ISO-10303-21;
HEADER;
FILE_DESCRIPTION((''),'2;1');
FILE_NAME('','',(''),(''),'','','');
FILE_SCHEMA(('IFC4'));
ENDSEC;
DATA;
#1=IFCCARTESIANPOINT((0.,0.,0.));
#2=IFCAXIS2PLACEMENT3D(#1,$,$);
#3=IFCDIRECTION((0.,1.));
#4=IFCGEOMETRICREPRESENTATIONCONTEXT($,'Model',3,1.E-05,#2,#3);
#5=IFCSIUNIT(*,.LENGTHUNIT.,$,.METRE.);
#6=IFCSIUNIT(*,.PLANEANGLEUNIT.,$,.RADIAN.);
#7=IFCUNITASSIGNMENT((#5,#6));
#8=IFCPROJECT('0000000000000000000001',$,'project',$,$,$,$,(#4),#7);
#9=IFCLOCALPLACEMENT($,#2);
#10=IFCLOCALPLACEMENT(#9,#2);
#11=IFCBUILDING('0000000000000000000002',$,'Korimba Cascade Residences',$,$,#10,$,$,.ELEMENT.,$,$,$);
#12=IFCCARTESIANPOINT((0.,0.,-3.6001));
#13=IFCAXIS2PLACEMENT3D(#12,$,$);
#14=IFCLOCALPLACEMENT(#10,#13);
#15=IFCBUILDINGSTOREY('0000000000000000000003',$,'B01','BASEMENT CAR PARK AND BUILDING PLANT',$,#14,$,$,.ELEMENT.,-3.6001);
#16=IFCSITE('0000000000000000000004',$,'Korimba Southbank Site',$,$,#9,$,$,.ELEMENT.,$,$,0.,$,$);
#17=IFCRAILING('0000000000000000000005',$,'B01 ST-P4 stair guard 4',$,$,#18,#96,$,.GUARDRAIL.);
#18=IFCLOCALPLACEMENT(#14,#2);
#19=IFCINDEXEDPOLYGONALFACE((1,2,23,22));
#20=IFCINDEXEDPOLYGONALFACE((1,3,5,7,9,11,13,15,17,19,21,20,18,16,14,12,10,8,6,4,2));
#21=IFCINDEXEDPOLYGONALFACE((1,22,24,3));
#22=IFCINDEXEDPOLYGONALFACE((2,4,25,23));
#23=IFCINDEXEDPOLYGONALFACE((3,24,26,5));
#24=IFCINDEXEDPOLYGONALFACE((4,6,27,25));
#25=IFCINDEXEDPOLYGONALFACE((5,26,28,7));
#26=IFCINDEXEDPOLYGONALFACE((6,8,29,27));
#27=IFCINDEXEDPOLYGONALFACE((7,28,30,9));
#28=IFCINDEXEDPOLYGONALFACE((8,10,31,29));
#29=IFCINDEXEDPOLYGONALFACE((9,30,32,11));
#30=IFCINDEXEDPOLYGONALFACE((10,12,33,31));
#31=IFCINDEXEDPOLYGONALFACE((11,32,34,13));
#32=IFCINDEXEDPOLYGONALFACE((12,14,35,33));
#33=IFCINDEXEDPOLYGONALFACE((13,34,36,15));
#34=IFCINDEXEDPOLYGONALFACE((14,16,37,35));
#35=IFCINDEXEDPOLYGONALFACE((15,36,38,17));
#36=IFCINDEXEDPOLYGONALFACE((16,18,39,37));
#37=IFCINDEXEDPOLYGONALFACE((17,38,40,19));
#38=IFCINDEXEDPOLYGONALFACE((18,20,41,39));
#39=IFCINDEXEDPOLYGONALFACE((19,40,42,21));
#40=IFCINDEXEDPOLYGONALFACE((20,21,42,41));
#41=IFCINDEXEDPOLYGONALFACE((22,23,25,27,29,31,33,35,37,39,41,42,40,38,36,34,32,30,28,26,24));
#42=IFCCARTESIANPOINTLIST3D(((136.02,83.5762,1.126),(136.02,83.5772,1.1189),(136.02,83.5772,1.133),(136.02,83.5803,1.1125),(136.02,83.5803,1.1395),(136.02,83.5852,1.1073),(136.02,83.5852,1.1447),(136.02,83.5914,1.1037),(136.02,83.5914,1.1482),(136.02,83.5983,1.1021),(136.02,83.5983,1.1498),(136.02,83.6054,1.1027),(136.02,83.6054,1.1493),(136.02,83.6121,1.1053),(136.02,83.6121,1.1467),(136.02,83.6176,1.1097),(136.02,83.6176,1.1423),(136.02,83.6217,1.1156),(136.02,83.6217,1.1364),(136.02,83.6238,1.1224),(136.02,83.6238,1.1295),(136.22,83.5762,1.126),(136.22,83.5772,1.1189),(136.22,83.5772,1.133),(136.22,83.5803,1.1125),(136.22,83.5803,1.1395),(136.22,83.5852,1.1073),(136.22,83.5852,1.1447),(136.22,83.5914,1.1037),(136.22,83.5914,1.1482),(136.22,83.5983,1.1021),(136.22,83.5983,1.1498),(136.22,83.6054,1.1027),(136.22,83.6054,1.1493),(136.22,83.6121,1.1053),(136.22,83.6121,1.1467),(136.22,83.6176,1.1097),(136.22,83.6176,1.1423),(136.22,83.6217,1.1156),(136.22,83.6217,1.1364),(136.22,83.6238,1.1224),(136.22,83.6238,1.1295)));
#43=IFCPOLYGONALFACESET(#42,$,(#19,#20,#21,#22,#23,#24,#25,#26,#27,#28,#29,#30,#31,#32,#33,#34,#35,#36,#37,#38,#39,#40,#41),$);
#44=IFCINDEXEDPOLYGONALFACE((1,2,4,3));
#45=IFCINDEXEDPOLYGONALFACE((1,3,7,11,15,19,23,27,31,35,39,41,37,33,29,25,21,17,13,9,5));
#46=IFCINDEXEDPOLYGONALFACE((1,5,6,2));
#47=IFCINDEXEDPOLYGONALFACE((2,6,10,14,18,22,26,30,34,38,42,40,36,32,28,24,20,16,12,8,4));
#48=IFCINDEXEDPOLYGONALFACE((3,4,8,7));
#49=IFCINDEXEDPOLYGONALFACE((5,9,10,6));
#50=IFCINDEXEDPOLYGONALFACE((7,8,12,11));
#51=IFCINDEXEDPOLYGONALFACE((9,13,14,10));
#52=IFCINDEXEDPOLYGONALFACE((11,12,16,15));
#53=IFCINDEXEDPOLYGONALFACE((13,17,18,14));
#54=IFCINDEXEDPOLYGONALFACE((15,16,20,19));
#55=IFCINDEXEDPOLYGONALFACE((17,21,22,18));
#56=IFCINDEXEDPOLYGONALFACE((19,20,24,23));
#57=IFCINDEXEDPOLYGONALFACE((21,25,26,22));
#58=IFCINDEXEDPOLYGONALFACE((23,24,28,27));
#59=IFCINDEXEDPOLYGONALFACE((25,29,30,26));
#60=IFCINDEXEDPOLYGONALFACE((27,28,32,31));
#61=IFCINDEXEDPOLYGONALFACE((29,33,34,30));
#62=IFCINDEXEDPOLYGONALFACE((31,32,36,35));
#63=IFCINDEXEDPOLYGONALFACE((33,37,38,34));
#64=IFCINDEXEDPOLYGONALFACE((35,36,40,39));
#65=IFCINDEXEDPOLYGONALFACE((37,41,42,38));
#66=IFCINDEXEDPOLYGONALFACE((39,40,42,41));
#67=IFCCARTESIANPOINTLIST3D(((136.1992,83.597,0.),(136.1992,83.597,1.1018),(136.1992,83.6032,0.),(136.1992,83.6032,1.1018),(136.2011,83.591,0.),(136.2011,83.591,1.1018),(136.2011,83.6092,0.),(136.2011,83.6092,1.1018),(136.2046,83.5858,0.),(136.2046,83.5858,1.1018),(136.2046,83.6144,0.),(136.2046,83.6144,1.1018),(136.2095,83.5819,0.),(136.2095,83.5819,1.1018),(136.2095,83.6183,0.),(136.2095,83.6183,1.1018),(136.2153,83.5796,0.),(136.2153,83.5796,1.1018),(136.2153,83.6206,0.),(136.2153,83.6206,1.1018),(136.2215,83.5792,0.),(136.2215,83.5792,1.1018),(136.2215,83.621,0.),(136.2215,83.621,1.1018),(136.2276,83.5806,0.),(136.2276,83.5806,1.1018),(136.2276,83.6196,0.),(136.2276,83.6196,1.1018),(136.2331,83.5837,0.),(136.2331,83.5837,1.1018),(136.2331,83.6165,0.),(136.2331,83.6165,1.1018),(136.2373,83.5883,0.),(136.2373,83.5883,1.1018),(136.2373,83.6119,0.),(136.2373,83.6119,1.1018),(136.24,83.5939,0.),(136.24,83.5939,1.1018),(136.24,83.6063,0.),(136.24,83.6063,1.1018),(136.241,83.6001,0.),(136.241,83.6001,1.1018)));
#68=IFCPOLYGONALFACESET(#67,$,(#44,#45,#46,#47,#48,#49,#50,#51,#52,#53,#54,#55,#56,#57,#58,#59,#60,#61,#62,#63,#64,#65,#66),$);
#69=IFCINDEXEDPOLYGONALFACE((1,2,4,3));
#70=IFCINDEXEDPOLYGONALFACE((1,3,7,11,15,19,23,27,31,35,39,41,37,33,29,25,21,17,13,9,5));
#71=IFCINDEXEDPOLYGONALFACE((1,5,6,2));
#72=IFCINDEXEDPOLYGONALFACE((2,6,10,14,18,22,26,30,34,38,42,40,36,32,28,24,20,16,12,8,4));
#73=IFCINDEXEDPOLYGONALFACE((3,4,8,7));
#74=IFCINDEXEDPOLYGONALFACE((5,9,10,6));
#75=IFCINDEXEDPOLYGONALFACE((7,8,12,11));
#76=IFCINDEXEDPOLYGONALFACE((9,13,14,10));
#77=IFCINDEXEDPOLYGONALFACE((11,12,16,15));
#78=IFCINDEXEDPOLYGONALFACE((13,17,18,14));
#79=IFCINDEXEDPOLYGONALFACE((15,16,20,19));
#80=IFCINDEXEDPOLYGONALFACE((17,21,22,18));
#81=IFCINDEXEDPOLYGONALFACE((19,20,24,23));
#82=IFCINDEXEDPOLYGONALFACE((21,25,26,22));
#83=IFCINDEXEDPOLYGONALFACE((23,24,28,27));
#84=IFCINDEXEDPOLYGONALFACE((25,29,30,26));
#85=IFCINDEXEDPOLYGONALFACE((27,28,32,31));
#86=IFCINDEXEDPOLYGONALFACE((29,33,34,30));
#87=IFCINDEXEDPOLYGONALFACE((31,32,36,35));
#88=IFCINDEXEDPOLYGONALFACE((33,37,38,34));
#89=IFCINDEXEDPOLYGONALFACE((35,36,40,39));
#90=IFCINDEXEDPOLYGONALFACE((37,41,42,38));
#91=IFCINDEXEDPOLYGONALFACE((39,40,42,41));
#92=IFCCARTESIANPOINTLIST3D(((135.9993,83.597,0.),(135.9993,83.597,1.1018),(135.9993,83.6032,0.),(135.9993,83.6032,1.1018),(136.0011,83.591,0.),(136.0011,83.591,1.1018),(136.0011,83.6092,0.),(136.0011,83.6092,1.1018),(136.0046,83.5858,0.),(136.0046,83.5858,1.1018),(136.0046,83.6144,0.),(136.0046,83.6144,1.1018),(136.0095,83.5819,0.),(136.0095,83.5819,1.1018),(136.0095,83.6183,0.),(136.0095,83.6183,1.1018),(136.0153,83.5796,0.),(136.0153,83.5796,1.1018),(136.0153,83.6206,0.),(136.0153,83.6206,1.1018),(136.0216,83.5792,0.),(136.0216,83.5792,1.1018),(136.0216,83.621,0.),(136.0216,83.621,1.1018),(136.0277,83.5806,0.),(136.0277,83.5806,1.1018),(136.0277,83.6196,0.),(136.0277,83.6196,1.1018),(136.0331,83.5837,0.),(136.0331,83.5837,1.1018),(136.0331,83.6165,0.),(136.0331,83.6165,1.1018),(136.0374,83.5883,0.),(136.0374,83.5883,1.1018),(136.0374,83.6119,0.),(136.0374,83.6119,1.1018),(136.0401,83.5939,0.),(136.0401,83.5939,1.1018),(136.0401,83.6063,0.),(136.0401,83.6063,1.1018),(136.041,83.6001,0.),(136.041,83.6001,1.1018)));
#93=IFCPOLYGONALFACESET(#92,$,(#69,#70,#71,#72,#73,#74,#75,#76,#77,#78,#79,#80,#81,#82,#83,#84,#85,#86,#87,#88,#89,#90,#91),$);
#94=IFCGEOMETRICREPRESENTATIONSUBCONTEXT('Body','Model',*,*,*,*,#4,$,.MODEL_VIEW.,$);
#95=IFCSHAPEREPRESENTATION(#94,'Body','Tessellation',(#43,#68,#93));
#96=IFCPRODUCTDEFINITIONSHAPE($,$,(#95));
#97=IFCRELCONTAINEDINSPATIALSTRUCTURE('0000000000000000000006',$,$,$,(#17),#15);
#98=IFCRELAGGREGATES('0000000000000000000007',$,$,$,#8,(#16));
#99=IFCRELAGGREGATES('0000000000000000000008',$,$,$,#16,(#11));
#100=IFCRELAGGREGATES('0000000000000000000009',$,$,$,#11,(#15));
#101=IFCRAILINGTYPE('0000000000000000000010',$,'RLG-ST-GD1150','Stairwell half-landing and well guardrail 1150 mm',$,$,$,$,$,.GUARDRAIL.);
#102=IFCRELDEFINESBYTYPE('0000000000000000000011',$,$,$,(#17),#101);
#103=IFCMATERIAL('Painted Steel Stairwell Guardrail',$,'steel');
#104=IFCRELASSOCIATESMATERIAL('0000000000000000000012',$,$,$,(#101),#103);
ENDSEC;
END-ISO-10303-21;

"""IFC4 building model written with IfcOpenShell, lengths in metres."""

from ifc_helpers import new_model, si_unit, direction, frame, origin, origin_2d, place, context, subcontext, project, spatial, circle, extrude, material, type_object, element, save


model = new_model("IFC4")

# Units and contexts
model_context = context("Model", 3, precision=1e-05, world=origin(), true_north=direction((0.0, 1.0)))
body_context = subcontext(model_context, "Body", "Model", "MODEL_VIEW")
ifc_project = project(units=[si_unit("LENGTHUNIT", "METRE"), si_unit("PLANEANGLEUNIT", "RADIAN")], contexts=[model_context])

# Site, building, storey
site_placement = place(None, origin())
site = spatial("IfcSite", under=ifc_project, at=site_placement, Name="Korimba Southbank Site", CompositionType="ELEMENT", RefElevation=0.0)
building_placement = place(site_placement, origin())
building = spatial("IfcBuilding", under=site, at=building_placement, Name="Korimba Cascade Residences", CompositionType="ELEMENT")
storey_placement = place(building_placement, frame((0.0, 0.0, -3.6001)))
storey = spatial("IfcBuildingStorey", under=building, at=storey_placement, Name="B01", Description="BASEMENT CAR PARK AND BUILDING PLANT", CompositionType="ELEMENT", Elevation=-3.6001)

# Railing
ifc_material_1 = material(Name="Painted Steel Stairwell Guardrail", Category="steel")
railing_type_1 = type_object("IfcRailingType", Name="RLG-ST-GD1150", Description="Stairwell half-landing and well guardrail 1150 mm", PredefinedType="GUARDRAIL", material=ifc_material_1)
railing_1_placement = place(storey_placement, frame((136.22, 83.6001, 0.0)))
element("IfcRailing", 1, at=railing_1_placement, inside=storey, type_object=railing_type_1, Name="B01 ST-P4 stair guard 4", PredefinedType="GUARDRAIL", context=body_context, shape_type="SweptSolid", body=[
    extrude(circle(Radius=0.0239, at=origin_2d()), frame((0.0, 0.0, 1.126), z_axis=(-1.0, 0.0, 0.0), x_axis=(0.0, -1.0, 0.0)), (0.0, 0.0, 1.0), 0.2),
    extrude(circle(Radius=0.021, at=origin_2d()), origin(), (0.0, 0.0, 1.0), 1.1018),
    extrude(circle(Radius=0.021, at=origin_2d()), frame((-0.2, 0.0, 0.0)), (0.0, 0.0, 1.0), 1.1018),
])

save(model, "model.ifc")
